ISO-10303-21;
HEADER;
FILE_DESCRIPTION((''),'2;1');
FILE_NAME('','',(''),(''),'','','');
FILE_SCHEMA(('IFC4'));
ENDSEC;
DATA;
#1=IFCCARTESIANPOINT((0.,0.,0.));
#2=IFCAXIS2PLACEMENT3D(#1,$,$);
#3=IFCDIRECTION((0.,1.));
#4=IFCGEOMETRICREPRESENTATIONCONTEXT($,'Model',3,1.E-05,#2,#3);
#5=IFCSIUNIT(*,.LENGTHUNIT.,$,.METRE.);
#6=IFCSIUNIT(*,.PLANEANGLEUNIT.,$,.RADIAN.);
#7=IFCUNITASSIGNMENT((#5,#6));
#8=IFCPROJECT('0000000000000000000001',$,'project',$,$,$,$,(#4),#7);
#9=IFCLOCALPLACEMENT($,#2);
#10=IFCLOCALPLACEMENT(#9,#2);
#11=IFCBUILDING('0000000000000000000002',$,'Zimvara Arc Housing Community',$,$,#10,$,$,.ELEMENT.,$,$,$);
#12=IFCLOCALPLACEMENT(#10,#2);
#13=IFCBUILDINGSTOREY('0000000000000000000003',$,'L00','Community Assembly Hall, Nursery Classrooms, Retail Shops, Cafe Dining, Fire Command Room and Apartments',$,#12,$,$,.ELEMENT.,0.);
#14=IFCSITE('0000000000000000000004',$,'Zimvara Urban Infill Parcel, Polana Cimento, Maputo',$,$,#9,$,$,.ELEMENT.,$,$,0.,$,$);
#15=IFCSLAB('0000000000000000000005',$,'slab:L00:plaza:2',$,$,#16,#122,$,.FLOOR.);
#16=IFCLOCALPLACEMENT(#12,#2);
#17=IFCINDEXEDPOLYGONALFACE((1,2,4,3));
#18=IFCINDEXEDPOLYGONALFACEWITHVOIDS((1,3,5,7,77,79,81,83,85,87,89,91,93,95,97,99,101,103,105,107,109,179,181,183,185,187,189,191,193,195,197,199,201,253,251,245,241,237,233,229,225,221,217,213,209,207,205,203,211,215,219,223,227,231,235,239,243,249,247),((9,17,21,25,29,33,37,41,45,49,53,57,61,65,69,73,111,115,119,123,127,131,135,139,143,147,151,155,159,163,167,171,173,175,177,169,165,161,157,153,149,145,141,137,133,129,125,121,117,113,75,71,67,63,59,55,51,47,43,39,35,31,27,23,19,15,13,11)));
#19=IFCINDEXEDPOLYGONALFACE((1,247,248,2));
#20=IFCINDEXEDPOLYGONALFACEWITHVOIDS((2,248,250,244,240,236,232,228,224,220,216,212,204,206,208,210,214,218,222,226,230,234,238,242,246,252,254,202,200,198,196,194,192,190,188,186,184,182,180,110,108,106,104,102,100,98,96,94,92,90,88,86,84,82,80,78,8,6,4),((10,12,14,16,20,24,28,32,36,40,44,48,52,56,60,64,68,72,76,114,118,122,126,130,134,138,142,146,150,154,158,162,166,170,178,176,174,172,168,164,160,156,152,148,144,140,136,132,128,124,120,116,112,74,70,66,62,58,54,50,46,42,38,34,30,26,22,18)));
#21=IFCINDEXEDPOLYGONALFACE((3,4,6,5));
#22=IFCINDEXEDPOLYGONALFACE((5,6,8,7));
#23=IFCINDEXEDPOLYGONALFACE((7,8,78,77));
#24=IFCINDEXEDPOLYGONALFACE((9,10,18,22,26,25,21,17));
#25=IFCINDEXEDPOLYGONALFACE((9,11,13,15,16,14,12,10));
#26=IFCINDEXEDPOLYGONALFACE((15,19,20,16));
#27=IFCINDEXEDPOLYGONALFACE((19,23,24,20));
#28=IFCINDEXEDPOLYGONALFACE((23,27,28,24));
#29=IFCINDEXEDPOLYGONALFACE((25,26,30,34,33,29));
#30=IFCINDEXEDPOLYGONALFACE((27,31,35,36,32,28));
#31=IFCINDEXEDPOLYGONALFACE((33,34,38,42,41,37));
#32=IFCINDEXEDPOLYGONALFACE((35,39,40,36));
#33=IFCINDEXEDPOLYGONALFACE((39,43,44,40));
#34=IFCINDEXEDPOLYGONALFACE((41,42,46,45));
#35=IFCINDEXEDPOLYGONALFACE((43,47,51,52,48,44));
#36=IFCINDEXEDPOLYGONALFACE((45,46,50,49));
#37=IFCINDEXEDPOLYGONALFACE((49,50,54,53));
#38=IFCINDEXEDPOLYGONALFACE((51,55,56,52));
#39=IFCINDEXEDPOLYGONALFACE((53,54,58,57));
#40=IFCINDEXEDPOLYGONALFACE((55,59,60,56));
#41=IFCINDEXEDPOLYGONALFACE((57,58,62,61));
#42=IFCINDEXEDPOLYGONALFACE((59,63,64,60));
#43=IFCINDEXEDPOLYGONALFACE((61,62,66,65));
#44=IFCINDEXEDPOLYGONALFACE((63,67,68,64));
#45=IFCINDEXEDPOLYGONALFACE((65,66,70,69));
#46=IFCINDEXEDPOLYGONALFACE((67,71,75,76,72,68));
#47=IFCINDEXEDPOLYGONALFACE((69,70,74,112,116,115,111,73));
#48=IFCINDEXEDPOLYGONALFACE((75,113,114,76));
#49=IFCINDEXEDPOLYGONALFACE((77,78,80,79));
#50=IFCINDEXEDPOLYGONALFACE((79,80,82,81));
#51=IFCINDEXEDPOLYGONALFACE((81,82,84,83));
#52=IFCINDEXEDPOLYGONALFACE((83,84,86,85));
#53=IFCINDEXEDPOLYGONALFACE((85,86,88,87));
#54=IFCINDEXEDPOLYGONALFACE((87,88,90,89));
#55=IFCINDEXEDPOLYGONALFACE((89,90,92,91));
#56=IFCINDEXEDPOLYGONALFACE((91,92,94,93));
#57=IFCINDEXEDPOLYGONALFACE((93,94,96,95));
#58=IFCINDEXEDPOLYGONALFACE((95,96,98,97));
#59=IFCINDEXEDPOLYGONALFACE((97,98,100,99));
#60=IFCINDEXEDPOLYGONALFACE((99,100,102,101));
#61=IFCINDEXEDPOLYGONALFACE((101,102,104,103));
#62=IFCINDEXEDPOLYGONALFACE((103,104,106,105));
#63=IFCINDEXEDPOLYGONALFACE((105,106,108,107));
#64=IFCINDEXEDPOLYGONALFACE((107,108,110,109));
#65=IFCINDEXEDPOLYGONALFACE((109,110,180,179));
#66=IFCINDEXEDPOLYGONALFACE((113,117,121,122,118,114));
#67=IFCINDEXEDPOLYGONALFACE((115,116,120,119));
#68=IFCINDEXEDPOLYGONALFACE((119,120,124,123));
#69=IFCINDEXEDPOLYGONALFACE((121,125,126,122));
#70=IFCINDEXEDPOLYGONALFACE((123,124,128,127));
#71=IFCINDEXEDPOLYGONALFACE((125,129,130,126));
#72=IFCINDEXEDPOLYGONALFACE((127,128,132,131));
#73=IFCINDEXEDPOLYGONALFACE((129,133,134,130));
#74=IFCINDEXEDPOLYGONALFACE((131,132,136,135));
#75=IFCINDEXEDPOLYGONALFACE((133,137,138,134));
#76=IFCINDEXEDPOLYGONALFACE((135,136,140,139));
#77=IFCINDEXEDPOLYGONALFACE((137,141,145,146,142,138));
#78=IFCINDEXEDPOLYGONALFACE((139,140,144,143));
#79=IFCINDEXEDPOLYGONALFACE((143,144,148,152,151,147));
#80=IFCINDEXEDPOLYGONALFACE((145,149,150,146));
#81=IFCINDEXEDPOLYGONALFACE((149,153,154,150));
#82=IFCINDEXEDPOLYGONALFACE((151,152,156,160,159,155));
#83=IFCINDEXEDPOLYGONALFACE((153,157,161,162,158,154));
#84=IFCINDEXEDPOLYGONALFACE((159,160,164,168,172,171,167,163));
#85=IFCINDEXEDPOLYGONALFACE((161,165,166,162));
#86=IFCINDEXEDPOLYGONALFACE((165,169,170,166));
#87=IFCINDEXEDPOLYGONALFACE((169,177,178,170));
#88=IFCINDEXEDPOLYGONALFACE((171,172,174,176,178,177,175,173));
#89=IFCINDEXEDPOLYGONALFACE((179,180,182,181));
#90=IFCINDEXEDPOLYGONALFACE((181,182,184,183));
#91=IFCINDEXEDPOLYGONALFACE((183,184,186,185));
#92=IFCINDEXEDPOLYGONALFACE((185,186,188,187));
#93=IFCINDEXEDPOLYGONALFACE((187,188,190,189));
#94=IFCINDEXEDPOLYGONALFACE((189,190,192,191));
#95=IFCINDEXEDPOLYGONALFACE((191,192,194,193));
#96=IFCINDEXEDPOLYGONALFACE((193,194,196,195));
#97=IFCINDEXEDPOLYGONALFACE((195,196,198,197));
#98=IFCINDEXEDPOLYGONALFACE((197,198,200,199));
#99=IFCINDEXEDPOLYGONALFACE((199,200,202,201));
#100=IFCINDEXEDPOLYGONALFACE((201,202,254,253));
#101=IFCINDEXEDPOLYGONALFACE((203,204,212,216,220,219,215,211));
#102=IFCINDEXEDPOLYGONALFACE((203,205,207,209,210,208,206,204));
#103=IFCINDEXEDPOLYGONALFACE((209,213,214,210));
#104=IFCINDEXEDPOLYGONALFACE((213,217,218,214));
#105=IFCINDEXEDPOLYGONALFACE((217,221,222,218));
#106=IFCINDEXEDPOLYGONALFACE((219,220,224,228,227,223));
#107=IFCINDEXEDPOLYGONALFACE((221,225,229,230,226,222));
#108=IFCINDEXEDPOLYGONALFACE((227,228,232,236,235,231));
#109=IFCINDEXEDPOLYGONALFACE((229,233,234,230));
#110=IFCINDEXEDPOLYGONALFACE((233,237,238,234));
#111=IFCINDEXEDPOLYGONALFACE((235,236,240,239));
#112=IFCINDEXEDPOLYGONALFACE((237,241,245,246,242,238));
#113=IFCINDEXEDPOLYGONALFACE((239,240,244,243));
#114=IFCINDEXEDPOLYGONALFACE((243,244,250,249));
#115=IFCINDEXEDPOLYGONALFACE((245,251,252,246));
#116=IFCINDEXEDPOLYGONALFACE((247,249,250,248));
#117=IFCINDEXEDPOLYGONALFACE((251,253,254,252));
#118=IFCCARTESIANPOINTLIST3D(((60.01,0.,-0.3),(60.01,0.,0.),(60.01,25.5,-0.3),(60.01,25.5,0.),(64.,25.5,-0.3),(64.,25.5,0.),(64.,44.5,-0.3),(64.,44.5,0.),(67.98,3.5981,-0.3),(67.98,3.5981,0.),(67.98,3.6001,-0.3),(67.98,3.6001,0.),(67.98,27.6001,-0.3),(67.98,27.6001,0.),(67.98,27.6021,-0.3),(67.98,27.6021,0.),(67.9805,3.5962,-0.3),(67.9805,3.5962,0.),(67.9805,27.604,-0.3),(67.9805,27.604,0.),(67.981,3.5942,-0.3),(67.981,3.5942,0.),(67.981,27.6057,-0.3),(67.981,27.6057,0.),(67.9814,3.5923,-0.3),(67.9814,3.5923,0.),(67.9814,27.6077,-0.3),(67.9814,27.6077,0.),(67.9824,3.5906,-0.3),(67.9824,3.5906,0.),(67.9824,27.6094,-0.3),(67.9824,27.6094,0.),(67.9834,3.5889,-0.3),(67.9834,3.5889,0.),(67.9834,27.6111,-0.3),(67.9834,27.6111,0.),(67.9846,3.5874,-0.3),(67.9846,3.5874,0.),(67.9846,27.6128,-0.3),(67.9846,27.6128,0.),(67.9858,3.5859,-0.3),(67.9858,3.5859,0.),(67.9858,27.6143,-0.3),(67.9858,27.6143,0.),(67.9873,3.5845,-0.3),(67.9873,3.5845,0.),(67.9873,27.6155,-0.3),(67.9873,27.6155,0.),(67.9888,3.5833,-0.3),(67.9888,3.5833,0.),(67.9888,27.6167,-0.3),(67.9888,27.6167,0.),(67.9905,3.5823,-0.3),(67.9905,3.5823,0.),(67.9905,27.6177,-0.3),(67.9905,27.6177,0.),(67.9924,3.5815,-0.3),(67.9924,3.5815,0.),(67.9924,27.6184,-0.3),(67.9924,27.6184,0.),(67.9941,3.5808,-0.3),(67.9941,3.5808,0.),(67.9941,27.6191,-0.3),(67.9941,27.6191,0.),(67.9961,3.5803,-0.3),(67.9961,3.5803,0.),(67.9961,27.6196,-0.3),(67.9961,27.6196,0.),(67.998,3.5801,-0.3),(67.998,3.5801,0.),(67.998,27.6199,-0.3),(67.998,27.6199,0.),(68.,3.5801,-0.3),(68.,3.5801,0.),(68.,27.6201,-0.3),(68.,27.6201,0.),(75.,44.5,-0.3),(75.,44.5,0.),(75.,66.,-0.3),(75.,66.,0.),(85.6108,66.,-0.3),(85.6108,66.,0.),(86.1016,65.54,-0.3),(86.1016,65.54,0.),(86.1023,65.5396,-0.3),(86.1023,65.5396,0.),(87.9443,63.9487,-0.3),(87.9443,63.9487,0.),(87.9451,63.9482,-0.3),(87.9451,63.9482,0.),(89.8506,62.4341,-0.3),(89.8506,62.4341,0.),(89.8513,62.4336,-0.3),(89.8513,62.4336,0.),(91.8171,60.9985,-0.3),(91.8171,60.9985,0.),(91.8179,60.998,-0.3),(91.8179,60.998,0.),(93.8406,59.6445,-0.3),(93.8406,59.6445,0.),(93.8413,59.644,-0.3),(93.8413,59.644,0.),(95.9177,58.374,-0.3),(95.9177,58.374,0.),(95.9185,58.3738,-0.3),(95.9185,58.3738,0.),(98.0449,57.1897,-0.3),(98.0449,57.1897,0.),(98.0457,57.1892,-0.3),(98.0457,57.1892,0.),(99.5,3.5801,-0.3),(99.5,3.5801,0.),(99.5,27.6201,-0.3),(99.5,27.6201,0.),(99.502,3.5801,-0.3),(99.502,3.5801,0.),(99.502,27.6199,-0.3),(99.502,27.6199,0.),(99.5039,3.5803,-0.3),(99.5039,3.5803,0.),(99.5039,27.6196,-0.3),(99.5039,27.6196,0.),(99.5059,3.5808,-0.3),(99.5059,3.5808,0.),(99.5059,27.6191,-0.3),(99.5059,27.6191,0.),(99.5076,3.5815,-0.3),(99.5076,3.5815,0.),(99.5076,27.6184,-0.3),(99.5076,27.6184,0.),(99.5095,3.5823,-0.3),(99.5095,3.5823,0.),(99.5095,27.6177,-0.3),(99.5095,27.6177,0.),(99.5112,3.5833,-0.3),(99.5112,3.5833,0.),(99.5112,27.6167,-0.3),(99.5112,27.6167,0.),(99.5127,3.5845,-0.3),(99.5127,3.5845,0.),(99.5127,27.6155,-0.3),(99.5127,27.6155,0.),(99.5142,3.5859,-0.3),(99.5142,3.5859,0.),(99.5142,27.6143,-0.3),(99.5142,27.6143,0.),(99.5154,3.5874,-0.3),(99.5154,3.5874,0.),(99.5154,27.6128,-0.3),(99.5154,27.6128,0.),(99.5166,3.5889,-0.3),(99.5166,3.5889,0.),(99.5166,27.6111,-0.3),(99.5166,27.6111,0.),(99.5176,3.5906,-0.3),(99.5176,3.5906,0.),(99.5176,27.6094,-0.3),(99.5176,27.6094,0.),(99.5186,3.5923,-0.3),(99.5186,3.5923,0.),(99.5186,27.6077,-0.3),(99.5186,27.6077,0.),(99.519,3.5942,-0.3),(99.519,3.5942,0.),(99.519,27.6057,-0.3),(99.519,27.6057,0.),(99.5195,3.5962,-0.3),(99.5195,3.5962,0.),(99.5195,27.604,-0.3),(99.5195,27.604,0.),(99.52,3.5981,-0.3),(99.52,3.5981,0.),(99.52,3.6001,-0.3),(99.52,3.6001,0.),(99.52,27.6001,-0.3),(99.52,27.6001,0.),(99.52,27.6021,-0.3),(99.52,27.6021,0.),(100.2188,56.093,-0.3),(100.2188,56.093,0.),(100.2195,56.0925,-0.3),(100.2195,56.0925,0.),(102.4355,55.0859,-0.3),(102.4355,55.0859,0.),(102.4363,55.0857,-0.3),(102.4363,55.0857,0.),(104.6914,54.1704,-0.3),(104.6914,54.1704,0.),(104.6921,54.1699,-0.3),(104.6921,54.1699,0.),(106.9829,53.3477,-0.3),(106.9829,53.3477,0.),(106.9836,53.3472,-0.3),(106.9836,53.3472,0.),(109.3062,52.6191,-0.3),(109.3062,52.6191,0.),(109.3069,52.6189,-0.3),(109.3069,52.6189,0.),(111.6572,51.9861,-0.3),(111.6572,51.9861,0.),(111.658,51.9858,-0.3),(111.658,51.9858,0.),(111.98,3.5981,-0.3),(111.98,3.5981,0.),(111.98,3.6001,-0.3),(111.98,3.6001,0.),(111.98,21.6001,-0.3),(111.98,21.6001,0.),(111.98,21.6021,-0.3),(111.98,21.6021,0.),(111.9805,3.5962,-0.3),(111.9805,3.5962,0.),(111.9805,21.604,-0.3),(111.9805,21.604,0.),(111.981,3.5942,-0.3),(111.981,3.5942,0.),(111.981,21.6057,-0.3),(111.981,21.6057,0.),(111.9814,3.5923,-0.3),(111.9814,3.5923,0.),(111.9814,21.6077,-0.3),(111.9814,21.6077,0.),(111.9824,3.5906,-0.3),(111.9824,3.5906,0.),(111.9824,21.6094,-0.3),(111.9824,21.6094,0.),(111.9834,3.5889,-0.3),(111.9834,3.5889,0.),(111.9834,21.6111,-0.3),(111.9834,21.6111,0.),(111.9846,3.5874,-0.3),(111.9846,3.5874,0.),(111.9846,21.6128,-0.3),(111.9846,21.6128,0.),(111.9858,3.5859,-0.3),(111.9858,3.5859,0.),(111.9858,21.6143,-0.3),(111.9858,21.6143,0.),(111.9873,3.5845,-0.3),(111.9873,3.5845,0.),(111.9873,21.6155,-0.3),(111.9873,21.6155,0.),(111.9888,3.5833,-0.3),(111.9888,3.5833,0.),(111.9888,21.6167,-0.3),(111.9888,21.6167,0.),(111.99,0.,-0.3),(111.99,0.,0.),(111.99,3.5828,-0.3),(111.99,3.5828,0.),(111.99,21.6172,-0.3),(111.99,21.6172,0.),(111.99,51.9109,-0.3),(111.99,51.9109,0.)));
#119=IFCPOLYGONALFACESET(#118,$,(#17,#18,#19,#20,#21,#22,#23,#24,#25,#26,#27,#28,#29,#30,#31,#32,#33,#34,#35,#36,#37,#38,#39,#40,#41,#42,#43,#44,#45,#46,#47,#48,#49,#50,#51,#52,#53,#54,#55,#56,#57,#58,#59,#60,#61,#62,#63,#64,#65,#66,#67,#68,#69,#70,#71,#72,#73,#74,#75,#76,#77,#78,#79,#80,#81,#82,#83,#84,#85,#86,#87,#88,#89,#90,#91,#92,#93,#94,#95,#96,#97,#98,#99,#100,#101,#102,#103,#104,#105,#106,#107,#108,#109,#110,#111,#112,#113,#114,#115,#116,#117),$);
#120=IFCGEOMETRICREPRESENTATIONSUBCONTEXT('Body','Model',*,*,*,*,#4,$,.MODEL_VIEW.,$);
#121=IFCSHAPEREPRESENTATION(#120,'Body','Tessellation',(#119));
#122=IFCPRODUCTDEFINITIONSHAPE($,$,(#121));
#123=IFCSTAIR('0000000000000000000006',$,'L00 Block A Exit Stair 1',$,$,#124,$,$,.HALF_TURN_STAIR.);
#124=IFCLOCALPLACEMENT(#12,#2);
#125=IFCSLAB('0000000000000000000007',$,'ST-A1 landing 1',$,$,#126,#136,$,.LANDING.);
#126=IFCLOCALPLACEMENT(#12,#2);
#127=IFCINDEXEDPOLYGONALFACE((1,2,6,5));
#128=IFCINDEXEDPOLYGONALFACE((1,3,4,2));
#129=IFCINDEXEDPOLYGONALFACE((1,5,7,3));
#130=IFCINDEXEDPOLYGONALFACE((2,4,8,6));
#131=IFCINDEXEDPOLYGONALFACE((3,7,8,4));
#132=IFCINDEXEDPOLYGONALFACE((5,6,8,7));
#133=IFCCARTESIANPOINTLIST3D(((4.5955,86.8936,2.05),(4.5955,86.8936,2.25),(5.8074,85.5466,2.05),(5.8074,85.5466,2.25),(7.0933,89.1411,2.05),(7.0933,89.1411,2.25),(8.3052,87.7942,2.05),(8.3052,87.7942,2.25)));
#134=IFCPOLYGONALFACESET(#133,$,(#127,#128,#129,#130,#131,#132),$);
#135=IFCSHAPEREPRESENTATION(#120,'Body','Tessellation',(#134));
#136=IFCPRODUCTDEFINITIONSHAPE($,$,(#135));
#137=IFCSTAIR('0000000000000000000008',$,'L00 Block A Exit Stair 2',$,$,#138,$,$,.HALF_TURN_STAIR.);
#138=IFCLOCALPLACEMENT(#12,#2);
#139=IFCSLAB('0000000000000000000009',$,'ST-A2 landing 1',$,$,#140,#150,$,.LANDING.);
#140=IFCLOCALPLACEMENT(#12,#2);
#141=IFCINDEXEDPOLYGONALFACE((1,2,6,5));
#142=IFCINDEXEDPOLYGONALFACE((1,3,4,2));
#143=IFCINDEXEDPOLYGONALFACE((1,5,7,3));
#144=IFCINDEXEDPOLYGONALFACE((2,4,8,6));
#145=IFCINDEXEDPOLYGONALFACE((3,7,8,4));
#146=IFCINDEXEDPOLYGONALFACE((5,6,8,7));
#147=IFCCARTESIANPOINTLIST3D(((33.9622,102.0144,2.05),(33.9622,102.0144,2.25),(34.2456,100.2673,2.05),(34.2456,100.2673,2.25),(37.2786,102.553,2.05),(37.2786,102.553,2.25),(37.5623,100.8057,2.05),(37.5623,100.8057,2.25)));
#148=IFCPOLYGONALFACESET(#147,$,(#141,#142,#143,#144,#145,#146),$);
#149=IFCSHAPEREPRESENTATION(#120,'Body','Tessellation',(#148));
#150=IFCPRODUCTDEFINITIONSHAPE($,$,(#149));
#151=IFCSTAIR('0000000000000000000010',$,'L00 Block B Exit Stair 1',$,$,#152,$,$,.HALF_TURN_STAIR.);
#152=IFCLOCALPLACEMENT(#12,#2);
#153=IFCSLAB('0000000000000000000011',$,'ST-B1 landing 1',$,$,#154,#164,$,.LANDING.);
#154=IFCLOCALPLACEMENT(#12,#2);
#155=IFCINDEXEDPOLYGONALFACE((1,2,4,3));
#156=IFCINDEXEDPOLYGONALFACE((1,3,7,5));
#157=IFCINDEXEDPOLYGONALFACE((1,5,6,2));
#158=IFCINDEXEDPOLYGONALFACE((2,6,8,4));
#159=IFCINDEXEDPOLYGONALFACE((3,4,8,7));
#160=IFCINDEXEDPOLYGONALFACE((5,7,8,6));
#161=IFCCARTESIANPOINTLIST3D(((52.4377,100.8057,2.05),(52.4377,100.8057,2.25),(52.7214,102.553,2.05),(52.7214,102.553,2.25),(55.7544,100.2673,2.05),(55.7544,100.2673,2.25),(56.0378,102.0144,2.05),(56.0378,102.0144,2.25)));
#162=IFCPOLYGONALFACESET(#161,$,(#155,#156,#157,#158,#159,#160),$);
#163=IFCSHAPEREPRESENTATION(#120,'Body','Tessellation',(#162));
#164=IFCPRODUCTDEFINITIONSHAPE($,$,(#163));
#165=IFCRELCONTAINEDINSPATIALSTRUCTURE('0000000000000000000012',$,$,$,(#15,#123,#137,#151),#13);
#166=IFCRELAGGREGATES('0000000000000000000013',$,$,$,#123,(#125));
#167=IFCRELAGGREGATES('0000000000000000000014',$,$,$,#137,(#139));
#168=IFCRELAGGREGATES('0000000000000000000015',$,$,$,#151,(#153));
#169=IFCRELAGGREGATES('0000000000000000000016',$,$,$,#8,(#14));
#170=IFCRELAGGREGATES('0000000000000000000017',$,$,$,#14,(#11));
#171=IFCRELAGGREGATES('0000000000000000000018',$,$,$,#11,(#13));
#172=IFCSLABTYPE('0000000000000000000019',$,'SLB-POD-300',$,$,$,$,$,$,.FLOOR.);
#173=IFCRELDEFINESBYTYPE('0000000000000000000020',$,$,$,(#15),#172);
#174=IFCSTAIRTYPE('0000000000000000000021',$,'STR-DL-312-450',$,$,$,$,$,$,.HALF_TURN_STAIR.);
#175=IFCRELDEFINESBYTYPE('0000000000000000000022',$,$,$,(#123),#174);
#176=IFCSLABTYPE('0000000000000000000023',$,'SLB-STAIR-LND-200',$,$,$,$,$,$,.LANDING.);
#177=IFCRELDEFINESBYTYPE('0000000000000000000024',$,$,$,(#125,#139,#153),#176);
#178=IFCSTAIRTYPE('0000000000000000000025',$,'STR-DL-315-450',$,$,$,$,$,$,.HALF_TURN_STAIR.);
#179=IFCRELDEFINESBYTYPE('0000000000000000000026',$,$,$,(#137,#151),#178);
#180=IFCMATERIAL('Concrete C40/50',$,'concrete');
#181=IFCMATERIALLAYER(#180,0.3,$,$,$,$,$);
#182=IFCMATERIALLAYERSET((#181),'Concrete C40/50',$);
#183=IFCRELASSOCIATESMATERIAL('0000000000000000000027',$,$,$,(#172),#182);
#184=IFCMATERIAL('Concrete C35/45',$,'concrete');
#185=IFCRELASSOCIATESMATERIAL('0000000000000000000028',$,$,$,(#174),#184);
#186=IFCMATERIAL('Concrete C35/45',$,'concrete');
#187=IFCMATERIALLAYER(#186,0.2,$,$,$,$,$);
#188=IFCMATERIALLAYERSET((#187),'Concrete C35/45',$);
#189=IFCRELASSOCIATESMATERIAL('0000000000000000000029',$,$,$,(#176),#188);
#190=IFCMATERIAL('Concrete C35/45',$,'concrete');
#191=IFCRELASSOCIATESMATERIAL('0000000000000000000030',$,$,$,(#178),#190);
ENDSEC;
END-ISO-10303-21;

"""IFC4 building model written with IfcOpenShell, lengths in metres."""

from ifc_helpers import new_model, si_unit, direction, frame, origin, place, context, subcontext, project, spatial, polyline, outline, extrude, material, layer, layer_set, type_object, element, aggregate, save


model = new_model("IFC4")

# Units and contexts
model_context = context("Model", 3, precision=1e-05, world=origin(), true_north=direction((0.0, 1.0)))
body_context = subcontext(model_context, "Body", "Model", "MODEL_VIEW")
ifc_project = project(units=[si_unit("LENGTHUNIT", "METRE"), si_unit("PLANEANGLEUNIT", "RADIAN")], contexts=[model_context])

# Site, building, storey
site_placement = place(None, origin())
site = spatial("IfcSite", under=ifc_project, at=site_placement, Name="Zimvara Urban Infill Parcel, Polana Cimento, Maputo", CompositionType="ELEMENT", RefElevation=0.0)
building_placement = place(site_placement, origin())
building = spatial("IfcBuilding", under=site, at=building_placement, Name="Zimvara Arc Housing Community", CompositionType="ELEMENT")
storey_placement = place(building_placement, origin())
storey = spatial("IfcBuildingStorey", under=building, at=storey_placement, Name="L00", Description="Community Assembly Hall, Nursery Classrooms, Retail Shops, Cafe Dining, Fire Command Room and Apartments", CompositionType="ELEMENT", Elevation=0.0)

# Slab
ifc_material_1 = material(Name="Concrete C40/50", Category="concrete")
ifc_layer_1 = layer(ifc_material_1, 0.3)
ifc_layer_set_1 = layer_set([ifc_layer_1], Name="Concrete C40/50")
slab_type_1 = type_object("IfcSlabType", Name="SLB-POD-300", PredefinedType="FLOOR", material=ifc_layer_set_1)
slab_1_placement = place(storey_placement, frame((0.0, 0.0, -0.3)))
element("IfcSlab", 1, at=slab_1_placement, inside=storey, type_object=slab_type_1, Name="slab:L00:plaza:2", PredefinedType="FLOOR", context=body_context, shape_type="SweptSolid", body=[
    extrude(outline(polyline([(64.0, 44.5), (64.0, 25.5), (60.01, 25.5), (60.01, 0.0), (111.99, 0.0), (111.99, 3.5828), (111.9888, 3.5833), (111.9873, 3.5845), (111.9858, 3.5859), (111.9846, 3.5874), (111.9834, 3.5889), (111.9824, 3.5906), (111.9814, 3.5923), (111.981, 3.5942), (111.9805, 3.5962), (111.98, 3.5981), (111.98, 3.6001), (111.98, 21.6001), (111.98, 21.6021), (111.9805, 21.604), (111.981, 21.6057), (111.9814, 21.6077), (111.9824, 21.6094), (111.9834, 21.6111), (111.9846, 21.6128), (111.9858, 21.6143), (111.9873, 21.6155), (111.9888, 21.6167), (111.99, 21.6172), (111.99, 51.9109), (111.658, 51.9858), (111.6572, 51.9861), (109.3069, 52.6189), (109.3062, 52.6191), (106.9836, 53.3472), (106.9829, 53.3477), (104.6921, 54.1699), (104.6914, 54.1704), (102.4363, 55.0857), (102.4355, 55.0859), (100.2195, 56.0925), (100.2188, 56.093), (98.0457, 57.1892), (98.0449, 57.1897), (95.9185, 58.3738), (95.9177, 58.374), (93.8413, 59.644), (93.8406, 59.6445), (91.8179, 60.998), (91.8171, 60.9985), (89.8513, 62.4336), (89.8506, 62.4341), (87.9451, 63.9482), (87.9443, 63.9487), (86.1023, 65.5396), (86.1016, 65.54), (85.6108, 66.0), (75.0, 66.0), (75.0, 44.5), (64.0, 44.5)]), holes=[polyline([(67.98, 27.6021), (67.9805, 27.604), (67.981, 27.6057), (67.9814, 27.6077), (67.9824, 27.6094), (67.9834, 27.6111), (67.9846, 27.6128), (67.9858, 27.6143), (67.9873, 27.6155), (67.9888, 27.6167), (67.9905, 27.6177), (67.9924, 27.6184), (67.9941, 27.6191), (67.9961, 27.6196), (67.998, 27.6199), (68.0, 27.6201), (99.5, 27.6201), (99.502, 27.6199), (99.5039, 27.6196), (99.5059, 27.6191), (99.5076, 27.6184), (99.5095, 27.6177), (99.5112, 27.6167), (99.5127, 27.6155), (99.5142, 27.6143), (99.5154, 27.6128), (99.5166, 27.6111), (99.5176, 27.6094), (99.5186, 27.6077), (99.519, 27.6057), (99.5195, 27.604), (99.52, 27.6021), (99.52, 27.6001), (99.52, 3.6001), (99.52, 3.5981), (99.5195, 3.5962), (99.519, 3.5942), (99.5186, 3.5923), (99.5176, 3.5906), (99.5166, 3.5889), (99.5154, 3.5874), (99.5142, 3.5859), (99.5127, 3.5845), (99.5112, 3.5833), (99.5095, 3.5823), (99.5076, 3.5815), (99.5059, 3.5808), (99.5039, 3.5803), (99.502, 3.5801), (99.5, 3.5801), (68.0, 3.5801), (67.998, 3.5801), (67.9961, 3.5803), (67.9941, 3.5808), (67.9924, 3.5815), (67.9905, 3.5823), (67.9888, 3.5833), (67.9873, 3.5845), (67.9858, 3.5859), (67.9846, 3.5874), (67.9834, 3.5889), (67.9824, 3.5906), (67.9814, 3.5923), (67.981, 3.5942), (67.9805, 3.5962), (67.98, 3.5981), (67.98, 3.6001), (67.98, 27.6001), (67.98, 27.6021)])]), origin(), (0.0, 0.0, 1.0), 0.3),
])

# Stairs, slabs
ifc_material_2 = material(Name="Concrete C35/45", Category="concrete")
stair_type_1 = type_object("IfcStairType", Name="STR-DL-312-450", PredefinedType="HALF_TURN_STAIR", material=ifc_material_2)
stair_1_placement = place(storey_placement, origin())
stair_1 = element("IfcStair", 2, at=stair_1_placement, inside=storey, type_object=stair_type_1, Name="L00 Block A Exit Stair 1", PredefinedType="HALF_TURN_STAIR")
ifc_material_3 = material(Name="Concrete C35/45", Category="concrete")
ifc_layer_2 = layer(ifc_material_3, 0.2)
ifc_layer_set_2 = layer_set([ifc_layer_2], Name="Concrete C35/45")
slab_type_2 = type_object("IfcSlabType", Name="SLB-STAIR-LND-200", PredefinedType="LANDING", material=ifc_layer_set_2)
slab_2_placement = place(storey_placement, frame((0.0, 0.0, 2.05)))
slab_2 = element("IfcSlab", 3, at=slab_2_placement, type_object=slab_type_2, Name="ST-A1 landing 1", PredefinedType="LANDING", context=body_context, shape_type="SweptSolid", body=[
    extrude(outline(polyline([(8.3052, 87.7942), (7.0933, 89.1411), (4.5955, 86.8936), (5.8074, 85.5466), (8.3052, 87.7942)])), origin(), (0.0, 0.0, 1.0), 0.2),
])
aggregate(stair_1, [slab_2])
ifc_material_4 = material(Name="Concrete C35/45", Category="concrete")
stair_type_2 = type_object("IfcStairType", Name="STR-DL-315-450", PredefinedType="HALF_TURN_STAIR", material=ifc_material_4)
stair_2_placement = place(storey_placement, origin())
stair_2 = element("IfcStair", 4, at=stair_2_placement, inside=storey, type_object=stair_type_2, Name="L00 Block A Exit Stair 2", PredefinedType="HALF_TURN_STAIR")
slab_3_placement = place(storey_placement, frame((0.0, 0.0, 2.05)))
slab_3 = element("IfcSlab", 5, at=slab_3_placement, type_object=slab_type_2, Name="ST-A2 landing 1", PredefinedType="LANDING", context=body_context, shape_type="SweptSolid", body=[
    extrude(outline(polyline([(37.5623, 100.8057), (37.2786, 102.553), (33.9622, 102.0144), (34.2456, 100.2673), (37.5623, 100.8057)])), origin(), (0.0, 0.0, 1.0), 0.2),
])
aggregate(stair_2, [slab_3])
stair_3_placement = place(storey_placement, origin())
stair_3 = element("IfcStair", 6, at=stair_3_placement, inside=storey, type_object=stair_type_2, Name="L00 Block B Exit Stair 1", PredefinedType="HALF_TURN_STAIR")
slab_4_placement = place(storey_placement, frame((0.0, 0.0, 2.05)))
slab_4 = element("IfcSlab", 7, at=slab_4_placement, type_object=slab_type_2, Name="ST-B1 landing 1", PredefinedType="LANDING", context=body_context, shape_type="SweptSolid", body=[
    extrude(outline(polyline([(55.7544, 100.2673), (56.0378, 102.0144), (52.7214, 102.553), (52.4377, 100.8057), (55.7544, 100.2673)])), origin(), (0.0, 0.0, 1.0), 0.2),
])
aggregate(stair_3, [slab_4])

save(model, "model.ifc")
